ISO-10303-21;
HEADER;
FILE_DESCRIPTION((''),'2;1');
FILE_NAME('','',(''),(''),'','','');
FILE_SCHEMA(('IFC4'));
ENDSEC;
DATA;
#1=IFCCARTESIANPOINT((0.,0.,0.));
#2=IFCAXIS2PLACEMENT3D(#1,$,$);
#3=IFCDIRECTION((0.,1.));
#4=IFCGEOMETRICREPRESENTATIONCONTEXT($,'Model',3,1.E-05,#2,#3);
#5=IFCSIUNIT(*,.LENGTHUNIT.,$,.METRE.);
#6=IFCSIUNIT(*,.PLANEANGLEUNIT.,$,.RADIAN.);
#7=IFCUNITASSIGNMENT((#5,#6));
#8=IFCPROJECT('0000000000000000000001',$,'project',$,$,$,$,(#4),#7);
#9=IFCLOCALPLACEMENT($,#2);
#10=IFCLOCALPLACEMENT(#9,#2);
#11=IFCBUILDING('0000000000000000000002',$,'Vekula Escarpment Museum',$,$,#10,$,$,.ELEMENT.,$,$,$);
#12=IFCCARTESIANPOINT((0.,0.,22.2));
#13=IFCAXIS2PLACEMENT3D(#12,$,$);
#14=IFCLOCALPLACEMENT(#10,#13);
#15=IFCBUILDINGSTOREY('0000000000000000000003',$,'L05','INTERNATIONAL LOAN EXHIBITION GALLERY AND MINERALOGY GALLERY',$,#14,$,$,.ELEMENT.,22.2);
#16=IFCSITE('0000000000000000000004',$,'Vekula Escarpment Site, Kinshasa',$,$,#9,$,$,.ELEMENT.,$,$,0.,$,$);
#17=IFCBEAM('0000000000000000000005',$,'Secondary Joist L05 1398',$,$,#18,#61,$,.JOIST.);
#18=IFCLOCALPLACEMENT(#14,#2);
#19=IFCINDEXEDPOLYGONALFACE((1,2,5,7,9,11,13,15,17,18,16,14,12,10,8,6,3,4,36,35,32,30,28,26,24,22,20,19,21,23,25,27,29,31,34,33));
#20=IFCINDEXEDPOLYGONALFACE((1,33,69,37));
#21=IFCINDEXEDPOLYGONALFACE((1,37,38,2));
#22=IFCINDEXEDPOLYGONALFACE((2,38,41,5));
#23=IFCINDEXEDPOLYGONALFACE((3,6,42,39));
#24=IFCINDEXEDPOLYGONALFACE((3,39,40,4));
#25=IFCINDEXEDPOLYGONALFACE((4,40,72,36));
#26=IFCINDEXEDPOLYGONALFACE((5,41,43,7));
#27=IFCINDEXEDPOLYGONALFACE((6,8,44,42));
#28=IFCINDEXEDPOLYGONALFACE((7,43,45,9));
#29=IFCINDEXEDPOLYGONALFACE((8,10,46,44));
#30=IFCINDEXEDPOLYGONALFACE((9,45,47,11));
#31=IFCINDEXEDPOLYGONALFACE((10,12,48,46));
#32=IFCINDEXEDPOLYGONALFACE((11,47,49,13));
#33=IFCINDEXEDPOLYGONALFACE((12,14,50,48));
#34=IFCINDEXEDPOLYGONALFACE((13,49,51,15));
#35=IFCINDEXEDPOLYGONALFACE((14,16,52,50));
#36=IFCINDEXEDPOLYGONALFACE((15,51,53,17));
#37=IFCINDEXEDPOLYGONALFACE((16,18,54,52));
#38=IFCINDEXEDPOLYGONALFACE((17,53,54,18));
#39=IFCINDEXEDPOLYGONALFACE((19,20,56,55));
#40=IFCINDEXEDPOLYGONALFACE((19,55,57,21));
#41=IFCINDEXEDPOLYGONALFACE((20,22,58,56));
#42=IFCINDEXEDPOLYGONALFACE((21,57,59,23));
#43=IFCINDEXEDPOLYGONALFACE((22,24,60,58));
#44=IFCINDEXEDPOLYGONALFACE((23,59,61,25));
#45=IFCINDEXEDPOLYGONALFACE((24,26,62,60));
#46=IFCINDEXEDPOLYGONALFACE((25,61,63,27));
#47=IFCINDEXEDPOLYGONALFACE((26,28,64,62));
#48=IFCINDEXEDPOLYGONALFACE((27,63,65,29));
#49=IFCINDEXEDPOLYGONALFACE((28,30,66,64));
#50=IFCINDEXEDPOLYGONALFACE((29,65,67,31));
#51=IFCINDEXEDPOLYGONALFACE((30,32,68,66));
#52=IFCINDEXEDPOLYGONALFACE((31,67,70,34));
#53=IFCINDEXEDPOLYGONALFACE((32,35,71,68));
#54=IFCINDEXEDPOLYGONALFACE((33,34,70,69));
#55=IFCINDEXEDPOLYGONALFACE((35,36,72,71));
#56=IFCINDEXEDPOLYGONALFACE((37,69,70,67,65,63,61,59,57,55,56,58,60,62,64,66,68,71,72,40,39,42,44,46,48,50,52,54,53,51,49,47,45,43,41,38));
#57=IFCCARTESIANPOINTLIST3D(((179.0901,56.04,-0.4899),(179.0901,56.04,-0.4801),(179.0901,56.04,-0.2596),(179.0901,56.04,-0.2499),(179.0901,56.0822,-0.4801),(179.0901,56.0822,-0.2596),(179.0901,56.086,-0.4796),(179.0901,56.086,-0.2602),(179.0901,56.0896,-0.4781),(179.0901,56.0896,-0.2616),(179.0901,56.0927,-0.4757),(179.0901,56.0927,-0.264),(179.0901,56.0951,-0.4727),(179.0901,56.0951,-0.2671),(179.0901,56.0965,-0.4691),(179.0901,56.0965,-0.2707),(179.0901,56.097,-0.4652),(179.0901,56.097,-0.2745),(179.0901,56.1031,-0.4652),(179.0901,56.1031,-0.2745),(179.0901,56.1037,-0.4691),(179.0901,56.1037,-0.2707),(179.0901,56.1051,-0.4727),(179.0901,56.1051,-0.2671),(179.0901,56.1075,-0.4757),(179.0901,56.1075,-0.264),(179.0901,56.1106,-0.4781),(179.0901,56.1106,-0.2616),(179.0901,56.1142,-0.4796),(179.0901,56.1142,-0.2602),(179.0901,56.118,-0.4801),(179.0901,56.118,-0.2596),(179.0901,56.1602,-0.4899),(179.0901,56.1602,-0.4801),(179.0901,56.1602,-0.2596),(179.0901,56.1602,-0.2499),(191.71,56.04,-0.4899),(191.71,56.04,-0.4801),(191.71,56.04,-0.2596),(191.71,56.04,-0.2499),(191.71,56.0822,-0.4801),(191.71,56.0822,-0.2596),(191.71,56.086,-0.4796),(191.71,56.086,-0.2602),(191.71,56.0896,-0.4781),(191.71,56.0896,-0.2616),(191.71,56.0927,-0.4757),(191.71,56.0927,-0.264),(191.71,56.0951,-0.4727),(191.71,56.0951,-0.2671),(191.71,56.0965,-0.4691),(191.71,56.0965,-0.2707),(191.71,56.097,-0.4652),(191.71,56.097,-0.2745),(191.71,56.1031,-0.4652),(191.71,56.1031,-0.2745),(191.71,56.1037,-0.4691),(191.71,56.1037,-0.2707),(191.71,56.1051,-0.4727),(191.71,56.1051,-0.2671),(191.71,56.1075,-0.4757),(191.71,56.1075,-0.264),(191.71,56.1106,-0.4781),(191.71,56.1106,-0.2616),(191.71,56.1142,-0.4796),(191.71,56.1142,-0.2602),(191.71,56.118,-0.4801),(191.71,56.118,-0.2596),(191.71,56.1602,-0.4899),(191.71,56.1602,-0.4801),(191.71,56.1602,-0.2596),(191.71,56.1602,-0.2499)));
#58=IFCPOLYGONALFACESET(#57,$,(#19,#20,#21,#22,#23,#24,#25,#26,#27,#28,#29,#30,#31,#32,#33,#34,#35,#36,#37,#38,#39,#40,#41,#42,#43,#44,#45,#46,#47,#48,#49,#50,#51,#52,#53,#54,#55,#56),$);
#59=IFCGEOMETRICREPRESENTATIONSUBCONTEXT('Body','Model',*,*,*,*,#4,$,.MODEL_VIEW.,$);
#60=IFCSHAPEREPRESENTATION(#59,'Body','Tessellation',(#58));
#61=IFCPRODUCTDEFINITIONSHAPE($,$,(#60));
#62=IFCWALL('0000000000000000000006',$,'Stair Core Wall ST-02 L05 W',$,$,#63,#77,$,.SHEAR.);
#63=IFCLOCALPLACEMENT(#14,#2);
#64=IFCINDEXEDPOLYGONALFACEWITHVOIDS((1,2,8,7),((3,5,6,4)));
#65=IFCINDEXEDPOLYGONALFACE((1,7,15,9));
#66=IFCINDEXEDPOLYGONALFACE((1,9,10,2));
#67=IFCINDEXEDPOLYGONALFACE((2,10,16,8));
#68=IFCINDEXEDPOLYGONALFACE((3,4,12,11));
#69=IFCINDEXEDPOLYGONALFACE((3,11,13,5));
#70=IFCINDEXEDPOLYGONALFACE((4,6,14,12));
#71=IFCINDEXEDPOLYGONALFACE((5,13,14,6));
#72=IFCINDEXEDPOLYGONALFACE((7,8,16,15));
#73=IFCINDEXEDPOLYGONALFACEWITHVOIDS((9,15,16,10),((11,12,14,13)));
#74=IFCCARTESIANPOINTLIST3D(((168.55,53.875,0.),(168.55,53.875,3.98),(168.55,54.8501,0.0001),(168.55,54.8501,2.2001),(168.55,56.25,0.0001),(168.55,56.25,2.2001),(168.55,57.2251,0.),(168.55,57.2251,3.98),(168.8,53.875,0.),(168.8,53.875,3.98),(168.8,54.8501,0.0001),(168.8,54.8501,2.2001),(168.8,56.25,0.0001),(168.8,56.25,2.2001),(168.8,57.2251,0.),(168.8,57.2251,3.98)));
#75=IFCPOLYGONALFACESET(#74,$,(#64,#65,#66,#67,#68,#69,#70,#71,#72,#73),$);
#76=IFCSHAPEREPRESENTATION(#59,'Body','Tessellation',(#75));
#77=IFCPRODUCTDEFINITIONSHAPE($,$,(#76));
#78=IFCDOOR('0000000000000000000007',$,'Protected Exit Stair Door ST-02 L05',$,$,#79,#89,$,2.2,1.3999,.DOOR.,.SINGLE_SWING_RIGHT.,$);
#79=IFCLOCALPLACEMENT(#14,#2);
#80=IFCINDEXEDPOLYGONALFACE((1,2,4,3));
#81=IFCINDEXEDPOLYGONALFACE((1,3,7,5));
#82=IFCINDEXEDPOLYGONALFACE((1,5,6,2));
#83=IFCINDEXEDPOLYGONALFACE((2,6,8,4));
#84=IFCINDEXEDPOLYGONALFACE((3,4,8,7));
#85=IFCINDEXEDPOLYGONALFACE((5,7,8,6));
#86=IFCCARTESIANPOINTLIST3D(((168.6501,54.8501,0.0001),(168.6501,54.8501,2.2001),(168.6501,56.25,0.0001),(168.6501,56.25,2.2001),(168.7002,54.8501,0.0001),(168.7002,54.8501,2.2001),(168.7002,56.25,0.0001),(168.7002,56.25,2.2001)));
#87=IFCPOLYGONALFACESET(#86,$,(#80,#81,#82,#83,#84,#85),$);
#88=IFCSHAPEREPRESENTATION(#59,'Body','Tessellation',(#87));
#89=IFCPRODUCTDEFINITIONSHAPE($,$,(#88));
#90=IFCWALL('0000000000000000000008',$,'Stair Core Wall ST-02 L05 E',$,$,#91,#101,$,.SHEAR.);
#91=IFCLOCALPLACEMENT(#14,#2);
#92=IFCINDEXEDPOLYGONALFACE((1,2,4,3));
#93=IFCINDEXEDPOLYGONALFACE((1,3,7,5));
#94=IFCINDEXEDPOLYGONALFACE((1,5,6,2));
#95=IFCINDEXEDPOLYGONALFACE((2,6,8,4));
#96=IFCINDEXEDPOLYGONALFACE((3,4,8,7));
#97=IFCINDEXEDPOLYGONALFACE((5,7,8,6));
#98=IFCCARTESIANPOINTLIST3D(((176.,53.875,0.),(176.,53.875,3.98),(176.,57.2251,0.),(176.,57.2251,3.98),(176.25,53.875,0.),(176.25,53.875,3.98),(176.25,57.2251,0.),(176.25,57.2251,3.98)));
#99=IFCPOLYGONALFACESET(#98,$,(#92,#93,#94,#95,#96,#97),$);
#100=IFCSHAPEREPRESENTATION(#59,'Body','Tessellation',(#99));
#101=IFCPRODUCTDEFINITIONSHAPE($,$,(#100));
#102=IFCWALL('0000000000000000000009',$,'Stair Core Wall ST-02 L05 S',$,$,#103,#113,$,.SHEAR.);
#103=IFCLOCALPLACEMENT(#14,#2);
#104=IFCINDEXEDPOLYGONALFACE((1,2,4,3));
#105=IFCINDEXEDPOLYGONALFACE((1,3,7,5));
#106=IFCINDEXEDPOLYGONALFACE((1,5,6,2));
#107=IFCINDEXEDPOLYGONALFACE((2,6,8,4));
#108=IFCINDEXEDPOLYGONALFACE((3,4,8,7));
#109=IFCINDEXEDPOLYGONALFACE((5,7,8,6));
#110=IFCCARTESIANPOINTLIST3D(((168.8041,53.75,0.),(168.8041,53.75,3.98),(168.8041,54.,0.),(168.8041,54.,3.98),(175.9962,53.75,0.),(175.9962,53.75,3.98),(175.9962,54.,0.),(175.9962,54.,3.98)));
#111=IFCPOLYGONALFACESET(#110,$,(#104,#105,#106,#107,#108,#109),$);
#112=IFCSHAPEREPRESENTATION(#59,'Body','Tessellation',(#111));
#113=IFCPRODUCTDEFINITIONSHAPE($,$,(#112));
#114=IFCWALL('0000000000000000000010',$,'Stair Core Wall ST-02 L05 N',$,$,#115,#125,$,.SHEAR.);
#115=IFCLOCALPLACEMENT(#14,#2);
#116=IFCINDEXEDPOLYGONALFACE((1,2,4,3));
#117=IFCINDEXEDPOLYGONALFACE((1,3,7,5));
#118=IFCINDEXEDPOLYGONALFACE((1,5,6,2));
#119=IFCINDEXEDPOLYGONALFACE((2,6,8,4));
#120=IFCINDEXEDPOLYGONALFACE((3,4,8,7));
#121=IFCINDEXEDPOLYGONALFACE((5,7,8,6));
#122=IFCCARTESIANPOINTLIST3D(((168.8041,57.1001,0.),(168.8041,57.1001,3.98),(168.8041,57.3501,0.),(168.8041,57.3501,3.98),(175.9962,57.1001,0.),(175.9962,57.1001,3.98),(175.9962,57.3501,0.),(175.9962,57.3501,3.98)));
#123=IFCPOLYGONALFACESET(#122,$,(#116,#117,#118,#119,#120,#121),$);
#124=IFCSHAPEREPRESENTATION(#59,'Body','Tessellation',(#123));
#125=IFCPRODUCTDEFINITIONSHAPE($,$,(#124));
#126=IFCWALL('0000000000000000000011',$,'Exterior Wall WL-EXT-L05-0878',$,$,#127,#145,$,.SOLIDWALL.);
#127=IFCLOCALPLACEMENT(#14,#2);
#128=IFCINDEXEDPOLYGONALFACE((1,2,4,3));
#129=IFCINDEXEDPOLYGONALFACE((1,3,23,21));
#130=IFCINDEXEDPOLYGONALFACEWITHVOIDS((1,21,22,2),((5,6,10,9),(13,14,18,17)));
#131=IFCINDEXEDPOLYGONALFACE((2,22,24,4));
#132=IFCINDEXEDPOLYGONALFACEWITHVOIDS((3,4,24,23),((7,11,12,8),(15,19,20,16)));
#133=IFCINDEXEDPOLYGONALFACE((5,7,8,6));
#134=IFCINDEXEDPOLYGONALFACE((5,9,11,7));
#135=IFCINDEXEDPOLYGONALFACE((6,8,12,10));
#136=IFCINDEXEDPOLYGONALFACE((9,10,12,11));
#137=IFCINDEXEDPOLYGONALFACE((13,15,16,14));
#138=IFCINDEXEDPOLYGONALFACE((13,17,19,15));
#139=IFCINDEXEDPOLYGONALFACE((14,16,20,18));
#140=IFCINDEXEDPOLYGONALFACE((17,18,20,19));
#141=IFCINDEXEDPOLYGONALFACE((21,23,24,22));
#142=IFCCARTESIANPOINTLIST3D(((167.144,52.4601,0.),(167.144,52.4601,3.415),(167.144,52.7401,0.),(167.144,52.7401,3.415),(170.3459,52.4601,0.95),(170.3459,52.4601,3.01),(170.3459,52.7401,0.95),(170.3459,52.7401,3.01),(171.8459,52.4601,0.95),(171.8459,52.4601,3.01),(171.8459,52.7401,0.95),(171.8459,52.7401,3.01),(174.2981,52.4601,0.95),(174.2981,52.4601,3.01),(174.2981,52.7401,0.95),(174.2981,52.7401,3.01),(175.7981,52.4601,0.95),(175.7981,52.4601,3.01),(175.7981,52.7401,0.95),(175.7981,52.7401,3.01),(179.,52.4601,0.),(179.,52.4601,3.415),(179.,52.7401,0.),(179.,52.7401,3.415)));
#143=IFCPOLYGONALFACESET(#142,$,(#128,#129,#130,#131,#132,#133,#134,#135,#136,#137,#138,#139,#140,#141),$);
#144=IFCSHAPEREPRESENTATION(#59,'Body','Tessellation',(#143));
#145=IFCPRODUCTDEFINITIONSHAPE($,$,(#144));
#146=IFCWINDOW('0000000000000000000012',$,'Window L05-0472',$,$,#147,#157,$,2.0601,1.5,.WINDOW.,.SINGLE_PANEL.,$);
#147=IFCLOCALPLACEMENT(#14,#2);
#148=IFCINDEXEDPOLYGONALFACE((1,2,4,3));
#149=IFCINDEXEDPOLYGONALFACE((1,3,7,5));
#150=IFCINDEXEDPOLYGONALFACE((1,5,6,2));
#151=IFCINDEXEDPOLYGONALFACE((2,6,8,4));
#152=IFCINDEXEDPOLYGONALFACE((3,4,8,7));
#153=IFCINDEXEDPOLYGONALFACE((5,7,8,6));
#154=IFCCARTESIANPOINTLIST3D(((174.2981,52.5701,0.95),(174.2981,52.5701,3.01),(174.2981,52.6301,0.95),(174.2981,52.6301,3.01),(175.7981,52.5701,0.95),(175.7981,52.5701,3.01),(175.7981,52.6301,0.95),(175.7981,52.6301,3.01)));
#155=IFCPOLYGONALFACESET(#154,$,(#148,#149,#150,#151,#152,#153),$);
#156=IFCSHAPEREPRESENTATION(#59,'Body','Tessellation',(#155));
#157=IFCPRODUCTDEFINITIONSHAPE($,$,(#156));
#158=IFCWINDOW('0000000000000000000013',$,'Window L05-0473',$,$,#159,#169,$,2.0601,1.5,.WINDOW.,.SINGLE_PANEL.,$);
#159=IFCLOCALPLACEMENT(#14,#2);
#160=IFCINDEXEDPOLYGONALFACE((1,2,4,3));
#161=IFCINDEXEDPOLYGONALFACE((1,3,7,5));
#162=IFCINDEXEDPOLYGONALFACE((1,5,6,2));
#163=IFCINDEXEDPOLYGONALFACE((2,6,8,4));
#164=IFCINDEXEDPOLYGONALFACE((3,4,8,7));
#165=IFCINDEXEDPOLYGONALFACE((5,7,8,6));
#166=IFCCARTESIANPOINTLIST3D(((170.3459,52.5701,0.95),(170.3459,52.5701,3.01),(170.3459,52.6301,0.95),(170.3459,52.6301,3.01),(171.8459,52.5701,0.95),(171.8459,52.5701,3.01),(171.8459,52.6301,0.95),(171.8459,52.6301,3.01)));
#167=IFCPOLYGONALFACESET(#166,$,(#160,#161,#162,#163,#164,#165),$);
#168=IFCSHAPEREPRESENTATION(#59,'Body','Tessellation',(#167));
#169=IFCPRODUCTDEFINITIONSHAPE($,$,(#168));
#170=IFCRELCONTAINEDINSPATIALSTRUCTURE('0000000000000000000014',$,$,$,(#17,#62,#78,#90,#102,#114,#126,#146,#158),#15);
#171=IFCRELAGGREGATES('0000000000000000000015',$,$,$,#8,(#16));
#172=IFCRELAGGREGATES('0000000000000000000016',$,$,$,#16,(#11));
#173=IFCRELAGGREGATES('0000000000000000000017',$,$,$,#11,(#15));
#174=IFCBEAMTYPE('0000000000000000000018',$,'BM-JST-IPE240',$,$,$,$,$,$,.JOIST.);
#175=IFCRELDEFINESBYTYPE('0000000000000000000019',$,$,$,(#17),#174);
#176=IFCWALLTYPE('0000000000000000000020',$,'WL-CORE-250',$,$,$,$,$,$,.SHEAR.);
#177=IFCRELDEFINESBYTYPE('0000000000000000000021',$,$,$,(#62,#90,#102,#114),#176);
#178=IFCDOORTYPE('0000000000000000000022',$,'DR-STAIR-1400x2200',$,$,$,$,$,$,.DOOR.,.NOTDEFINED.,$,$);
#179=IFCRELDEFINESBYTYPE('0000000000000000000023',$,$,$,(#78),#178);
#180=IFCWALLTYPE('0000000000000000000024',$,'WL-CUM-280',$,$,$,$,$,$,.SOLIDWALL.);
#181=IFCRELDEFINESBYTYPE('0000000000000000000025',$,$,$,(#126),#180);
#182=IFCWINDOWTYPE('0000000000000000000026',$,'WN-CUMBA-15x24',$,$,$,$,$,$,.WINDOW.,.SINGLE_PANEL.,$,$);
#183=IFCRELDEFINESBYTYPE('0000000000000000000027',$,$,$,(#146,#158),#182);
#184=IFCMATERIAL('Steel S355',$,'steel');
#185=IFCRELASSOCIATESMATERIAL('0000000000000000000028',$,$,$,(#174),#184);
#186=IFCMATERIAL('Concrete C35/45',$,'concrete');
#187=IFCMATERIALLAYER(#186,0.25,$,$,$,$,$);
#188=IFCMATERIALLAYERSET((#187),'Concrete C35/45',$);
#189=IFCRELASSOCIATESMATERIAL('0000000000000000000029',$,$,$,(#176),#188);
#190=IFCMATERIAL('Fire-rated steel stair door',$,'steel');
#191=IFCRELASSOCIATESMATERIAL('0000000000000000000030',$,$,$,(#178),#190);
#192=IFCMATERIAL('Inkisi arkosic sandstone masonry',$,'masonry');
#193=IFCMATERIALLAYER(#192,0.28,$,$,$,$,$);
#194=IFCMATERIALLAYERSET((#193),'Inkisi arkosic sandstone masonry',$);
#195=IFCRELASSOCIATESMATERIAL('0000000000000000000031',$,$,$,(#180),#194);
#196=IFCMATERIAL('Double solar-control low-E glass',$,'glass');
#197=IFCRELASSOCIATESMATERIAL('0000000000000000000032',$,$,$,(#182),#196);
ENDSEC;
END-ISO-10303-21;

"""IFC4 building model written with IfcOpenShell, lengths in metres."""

from ifc_helpers import new_model, si_unit, direction, frame, frame_2d, origin, origin_2d, place, context, subcontext, project, spatial, rectangle, i_section, extrude, material, layer, layer_set, material_profile, profile_set, type_object, element, fill, save


model = new_model("IFC4")

# Units and contexts
model_context = context("Model", 3, precision=1e-05, world=origin(), true_north=direction((0.0, 1.0)))
body_context = subcontext(model_context, "Body", "Model", "MODEL_VIEW")
ifc_project = project(units=[si_unit("LENGTHUNIT", "METRE"), si_unit("PLANEANGLEUNIT", "RADIAN")], contexts=[model_context])

# Site, building, storey
site_placement = place(None, origin())
site = spatial("IfcSite", under=ifc_project, at=site_placement, Name="Vekula Escarpment Site, Kinshasa", CompositionType="ELEMENT", RefElevation=0.0)
building_placement = place(site_placement, origin())
building = spatial("IfcBuilding", under=site, at=building_placement, Name="Vekula Escarpment Museum", CompositionType="ELEMENT")
storey_placement = place(building_placement, frame((0.0, 0.0, 22.2)))
storey = spatial("IfcBuildingStorey", under=building, at=storey_placement, Name="L05", Description="INTERNATIONAL LOAN EXHIBITION GALLERY AND MINERALOGY GALLERY", CompositionType="ELEMENT", Elevation=22.2)

# Beam
ifc_material_1 = material(Name="Steel S355", Category="steel")
ifc_material_profile_1 = material_profile(ifc_material_1, i_section(OverallWidth=0.1201, OverallDepth=0.24, WebThickness=0.0061, FlangeThickness=0.0098, FilletRadius=0.0149, at=origin_2d()), Name="IPE 240")
ifc_profile_set_1 = profile_set([ifc_material_profile_1], Name="Steel S355")
beam_type_1 = type_object("IfcBeamType", Name="BM-JST-IPE240", PredefinedType="JOIST", material=ifc_profile_set_1)
beam_1_placement = place(storey_placement, frame((179.0901, 56.1001, -0.3699), z_axis=(1.0, 0.0, 0.0), x_axis=(0.0, 1.0, 0.0)))
element("IfcBeam", 1, at=beam_1_placement, inside=storey, type_object=beam_type_1, Name="Secondary Joist L05 1398", PredefinedType="JOIST", context=body_context, shape_type="SweptSolid", body=[
    extrude(i_section(OverallWidth=0.1201, OverallDepth=0.24, WebThickness=0.0061, FlangeThickness=0.0098, FilletRadius=0.0149, at=origin_2d()), origin(), (0.0, 0.0, 1.0), 12.6199),
])

# Wall, opening, door
ifc_material_2 = material(Name="Concrete C35/45", Category="concrete")
ifc_layer_1 = layer(ifc_material_2, 0.25)
ifc_layer_set_1 = layer_set([ifc_layer_1], Name="Concrete C35/45")
wall_type_1 = type_object("IfcWallType", Name="WL-CORE-250", PredefinedType="SHEAR", material=ifc_layer_set_1)
wall_1_placement = place(storey_placement, frame((168.675, 53.875, 0.0), z_axis=(0.0, 0.0, 1.0), x_axis=(0.0, 1.0, 0.0)))
wall_1 = element("IfcWall", 2, at=wall_1_placement, inside=storey, type_object=wall_type_1, Name="Stair Core Wall ST-02 L05 W", PredefinedType="SHEAR", context=body_context, shape_type="SweptSolid", body=[
    extrude(rectangle(XDim=3.3501, YDim=0.25, at=frame_2d((1.675, 0.0))), origin(), (0.0, 0.0, 1.0), 3.98),
])
opening_1_placement = place(wall_1_placement, frame((0.9751, 0.0, 0.0)))
opening_1 = element("IfcOpeningElement", 3, at=opening_1_placement, cuts=wall_1, PredefinedType="OPENING", context=body_context, shape_type="SweptSolid", body=[
    extrude(rectangle(XDim=1.3999, YDim=2.2, at=frame_2d((0.7, 1.1001))), frame((0.0, 0.135, 0.0), z_axis=(0.0, -1.0, 0.0), x_axis=(1.0, 0.0, 0.0)), (0.0, 0.0, 1.0), 0.27),
])
ifc_material_3 = material(Name="Fire-rated steel stair door", Category="steel")
door_type_1 = type_object("IfcDoorType", Name="DR-STAIR-1400x2200", OperationType="NOTDEFINED", PredefinedType="DOOR", material=ifc_material_3)
door_1_placement = place(opening_1_placement, origin())
door_1 = element("IfcDoor", 4, at=door_1_placement, inside=storey, type_object=door_type_1, Name="Protected Exit Stair Door ST-02 L05", OperationType="SINGLE_SWING_RIGHT", OverallHeight=2.2, OverallWidth=1.3999, PredefinedType="DOOR", context=body_context, shape_type="SweptSolid", body=[
    extrude(rectangle(XDim=1.3999, YDim=2.2, at=frame_2d((0.7, 1.1001))), frame((0.0, 0.0249, 0.0), z_axis=(0.0, -1.0, 0.0), x_axis=(1.0, 0.0, 0.0)), (0.0, 0.0, 1.0), 0.05),
])
fill(opening_1, door_1)

# Walls
wall_2_placement = place(storey_placement, frame((176.125, 53.875, 0.0), z_axis=(0.0, 0.0, 1.0), x_axis=(0.0, 1.0, 0.0)))
element("IfcWall", 5, at=wall_2_placement, inside=storey, type_object=wall_type_1, Name="Stair Core Wall ST-02 L05 E", PredefinedType="SHEAR", context=body_context, shape_type="SweptSolid", body=[
    extrude(rectangle(XDim=3.3501, YDim=0.25, at=frame_2d((1.675, 0.0))), origin(), (0.0, 0.0, 1.0), 3.98),
])
for number, where, z_axis, x_axis, name in (
    (6, (168.804, 53.875, 0.0), (0.0, 0.0, 1.0), (1.0, 0.0, 0.0), "Stair Core Wall ST-02 L05 S"),
    (7, (168.804, 57.2251, 0.0), (0.0, 0.0, 1.0), (1.0, 0.0, 0.0), "Stair Core Wall ST-02 L05 N"),
):
    element("IfcWall", number, at=place(storey_placement, frame(where, z_axis=z_axis, x_axis=x_axis)), inside=storey, type_object=wall_type_1, Name=name, PredefinedType="SHEAR", context=body_context, shape_type="SweptSolid", body=[
        extrude(rectangle(XDim=7.1921, YDim=0.25, at=frame_2d((3.5962, 0.0))), origin(), (0.0, 0.0, 1.0), 3.98),
    ])

# Wall, openings, windows
ifc_material_4 = material(Name="Inkisi arkosic sandstone masonry", Category="masonry")
ifc_layer_2 = layer(ifc_material_4, 0.28)
ifc_layer_set_2 = layer_set([ifc_layer_2], Name="Inkisi arkosic sandstone masonry")
wall_type_2 = type_object("IfcWallType", Name="WL-CUM-280", PredefinedType="SOLIDWALL", material=ifc_layer_set_2)
wall_3_placement = place(storey_placement, frame((179.0, 52.6001, 0.0), z_axis=(0.0, 0.0, 1.0), x_axis=(-1.0, 0.0, 0.0)))
wall_3 = element("IfcWall", 8, at=wall_3_placement, inside=storey, type_object=wall_type_2, Name="Exterior Wall WL-EXT-L05-0878", PredefinedType="SOLIDWALL", context=body_context, shape_type="SweptSolid", body=[
    extrude(rectangle(XDim=11.856, YDim=0.28, at=frame_2d((5.928, 0.0))), origin(), (0.0, 0.0, 1.0), 3.415),
])
opening_2_placement = place(wall_3_placement, frame((3.2019, 0.0, 0.95)))
opening_2 = element("IfcOpeningElement", 9, at=opening_2_placement, cuts=wall_3, PredefinedType="OPENING", context=body_context, shape_type="SweptSolid", body=[
    extrude(rectangle(XDim=1.5, YDim=2.0601, at=frame_2d((0.75, 1.03))), frame((0.0, 0.1499, 0.0), z_axis=(0.0, -1.0, 0.0), x_axis=(1.0, 0.0, 0.0)), (0.0, 0.0, 1.0), 0.3),
])
opening_3_placement = place(wall_3_placement, frame((7.1541, 0.0, 0.95)))
opening_3 = element("IfcOpeningElement", 10, at=opening_3_placement, cuts=wall_3, PredefinedType="OPENING", context=body_context, shape_type="SweptSolid", body=[
    extrude(rectangle(XDim=1.5, YDim=2.0601, at=frame_2d((0.75, 1.03))), frame((0.0, 0.1499, 0.0), z_axis=(0.0, -1.0, 0.0), x_axis=(1.0, 0.0, 0.0)), (0.0, 0.0, 1.0), 0.3),
])
ifc_material_5 = material(Name="Double solar-control low-E glass", Category="glass")
window_type = type_object("IfcWindowType", Name="WN-CUMBA-15x24", PartitioningType="SINGLE_PANEL", PredefinedType="WINDOW", material=ifc_material_5)
window_1_placement = place(opening_2_placement, origin())
window_1 = element("IfcWindow", 11, at=window_1_placement, inside=storey, type_object=window_type, Name="Window L05-0472", OverallHeight=2.0601, OverallWidth=1.5, PartitioningType="SINGLE_PANEL", PredefinedType="WINDOW", context=body_context, shape_type="SweptSolid", body=[
    extrude(rectangle(XDim=1.5, YDim=2.0601, at=frame_2d((0.75, 1.03))), frame((0.0, 0.03, 0.0), z_axis=(0.0, -1.0, 0.0), x_axis=(1.0, 0.0, 0.0)), (0.0, 0.0, 1.0), 0.0601),
])
fill(opening_2, window_1)
window_2_placement = place(opening_3_placement, origin())
window_2 = element("IfcWindow", 12, at=window_2_placement, inside=storey, type_object=window_type, Name="Window L05-0473", OverallHeight=2.0601, OverallWidth=1.5, PartitioningType="SINGLE_PANEL", PredefinedType="WINDOW", context=body_context, shape_type="SweptSolid", body=[
    extrude(rectangle(XDim=1.5, YDim=2.0601, at=frame_2d((0.75, 1.03))), frame((0.0, 0.03, 0.0), z_axis=(0.0, -1.0, 0.0), x_axis=(1.0, 0.0, 0.0)), (0.0, 0.0, 1.0), 0.0601),
])
fill(opening_3, window_2)

save(model, "model.ifc")
